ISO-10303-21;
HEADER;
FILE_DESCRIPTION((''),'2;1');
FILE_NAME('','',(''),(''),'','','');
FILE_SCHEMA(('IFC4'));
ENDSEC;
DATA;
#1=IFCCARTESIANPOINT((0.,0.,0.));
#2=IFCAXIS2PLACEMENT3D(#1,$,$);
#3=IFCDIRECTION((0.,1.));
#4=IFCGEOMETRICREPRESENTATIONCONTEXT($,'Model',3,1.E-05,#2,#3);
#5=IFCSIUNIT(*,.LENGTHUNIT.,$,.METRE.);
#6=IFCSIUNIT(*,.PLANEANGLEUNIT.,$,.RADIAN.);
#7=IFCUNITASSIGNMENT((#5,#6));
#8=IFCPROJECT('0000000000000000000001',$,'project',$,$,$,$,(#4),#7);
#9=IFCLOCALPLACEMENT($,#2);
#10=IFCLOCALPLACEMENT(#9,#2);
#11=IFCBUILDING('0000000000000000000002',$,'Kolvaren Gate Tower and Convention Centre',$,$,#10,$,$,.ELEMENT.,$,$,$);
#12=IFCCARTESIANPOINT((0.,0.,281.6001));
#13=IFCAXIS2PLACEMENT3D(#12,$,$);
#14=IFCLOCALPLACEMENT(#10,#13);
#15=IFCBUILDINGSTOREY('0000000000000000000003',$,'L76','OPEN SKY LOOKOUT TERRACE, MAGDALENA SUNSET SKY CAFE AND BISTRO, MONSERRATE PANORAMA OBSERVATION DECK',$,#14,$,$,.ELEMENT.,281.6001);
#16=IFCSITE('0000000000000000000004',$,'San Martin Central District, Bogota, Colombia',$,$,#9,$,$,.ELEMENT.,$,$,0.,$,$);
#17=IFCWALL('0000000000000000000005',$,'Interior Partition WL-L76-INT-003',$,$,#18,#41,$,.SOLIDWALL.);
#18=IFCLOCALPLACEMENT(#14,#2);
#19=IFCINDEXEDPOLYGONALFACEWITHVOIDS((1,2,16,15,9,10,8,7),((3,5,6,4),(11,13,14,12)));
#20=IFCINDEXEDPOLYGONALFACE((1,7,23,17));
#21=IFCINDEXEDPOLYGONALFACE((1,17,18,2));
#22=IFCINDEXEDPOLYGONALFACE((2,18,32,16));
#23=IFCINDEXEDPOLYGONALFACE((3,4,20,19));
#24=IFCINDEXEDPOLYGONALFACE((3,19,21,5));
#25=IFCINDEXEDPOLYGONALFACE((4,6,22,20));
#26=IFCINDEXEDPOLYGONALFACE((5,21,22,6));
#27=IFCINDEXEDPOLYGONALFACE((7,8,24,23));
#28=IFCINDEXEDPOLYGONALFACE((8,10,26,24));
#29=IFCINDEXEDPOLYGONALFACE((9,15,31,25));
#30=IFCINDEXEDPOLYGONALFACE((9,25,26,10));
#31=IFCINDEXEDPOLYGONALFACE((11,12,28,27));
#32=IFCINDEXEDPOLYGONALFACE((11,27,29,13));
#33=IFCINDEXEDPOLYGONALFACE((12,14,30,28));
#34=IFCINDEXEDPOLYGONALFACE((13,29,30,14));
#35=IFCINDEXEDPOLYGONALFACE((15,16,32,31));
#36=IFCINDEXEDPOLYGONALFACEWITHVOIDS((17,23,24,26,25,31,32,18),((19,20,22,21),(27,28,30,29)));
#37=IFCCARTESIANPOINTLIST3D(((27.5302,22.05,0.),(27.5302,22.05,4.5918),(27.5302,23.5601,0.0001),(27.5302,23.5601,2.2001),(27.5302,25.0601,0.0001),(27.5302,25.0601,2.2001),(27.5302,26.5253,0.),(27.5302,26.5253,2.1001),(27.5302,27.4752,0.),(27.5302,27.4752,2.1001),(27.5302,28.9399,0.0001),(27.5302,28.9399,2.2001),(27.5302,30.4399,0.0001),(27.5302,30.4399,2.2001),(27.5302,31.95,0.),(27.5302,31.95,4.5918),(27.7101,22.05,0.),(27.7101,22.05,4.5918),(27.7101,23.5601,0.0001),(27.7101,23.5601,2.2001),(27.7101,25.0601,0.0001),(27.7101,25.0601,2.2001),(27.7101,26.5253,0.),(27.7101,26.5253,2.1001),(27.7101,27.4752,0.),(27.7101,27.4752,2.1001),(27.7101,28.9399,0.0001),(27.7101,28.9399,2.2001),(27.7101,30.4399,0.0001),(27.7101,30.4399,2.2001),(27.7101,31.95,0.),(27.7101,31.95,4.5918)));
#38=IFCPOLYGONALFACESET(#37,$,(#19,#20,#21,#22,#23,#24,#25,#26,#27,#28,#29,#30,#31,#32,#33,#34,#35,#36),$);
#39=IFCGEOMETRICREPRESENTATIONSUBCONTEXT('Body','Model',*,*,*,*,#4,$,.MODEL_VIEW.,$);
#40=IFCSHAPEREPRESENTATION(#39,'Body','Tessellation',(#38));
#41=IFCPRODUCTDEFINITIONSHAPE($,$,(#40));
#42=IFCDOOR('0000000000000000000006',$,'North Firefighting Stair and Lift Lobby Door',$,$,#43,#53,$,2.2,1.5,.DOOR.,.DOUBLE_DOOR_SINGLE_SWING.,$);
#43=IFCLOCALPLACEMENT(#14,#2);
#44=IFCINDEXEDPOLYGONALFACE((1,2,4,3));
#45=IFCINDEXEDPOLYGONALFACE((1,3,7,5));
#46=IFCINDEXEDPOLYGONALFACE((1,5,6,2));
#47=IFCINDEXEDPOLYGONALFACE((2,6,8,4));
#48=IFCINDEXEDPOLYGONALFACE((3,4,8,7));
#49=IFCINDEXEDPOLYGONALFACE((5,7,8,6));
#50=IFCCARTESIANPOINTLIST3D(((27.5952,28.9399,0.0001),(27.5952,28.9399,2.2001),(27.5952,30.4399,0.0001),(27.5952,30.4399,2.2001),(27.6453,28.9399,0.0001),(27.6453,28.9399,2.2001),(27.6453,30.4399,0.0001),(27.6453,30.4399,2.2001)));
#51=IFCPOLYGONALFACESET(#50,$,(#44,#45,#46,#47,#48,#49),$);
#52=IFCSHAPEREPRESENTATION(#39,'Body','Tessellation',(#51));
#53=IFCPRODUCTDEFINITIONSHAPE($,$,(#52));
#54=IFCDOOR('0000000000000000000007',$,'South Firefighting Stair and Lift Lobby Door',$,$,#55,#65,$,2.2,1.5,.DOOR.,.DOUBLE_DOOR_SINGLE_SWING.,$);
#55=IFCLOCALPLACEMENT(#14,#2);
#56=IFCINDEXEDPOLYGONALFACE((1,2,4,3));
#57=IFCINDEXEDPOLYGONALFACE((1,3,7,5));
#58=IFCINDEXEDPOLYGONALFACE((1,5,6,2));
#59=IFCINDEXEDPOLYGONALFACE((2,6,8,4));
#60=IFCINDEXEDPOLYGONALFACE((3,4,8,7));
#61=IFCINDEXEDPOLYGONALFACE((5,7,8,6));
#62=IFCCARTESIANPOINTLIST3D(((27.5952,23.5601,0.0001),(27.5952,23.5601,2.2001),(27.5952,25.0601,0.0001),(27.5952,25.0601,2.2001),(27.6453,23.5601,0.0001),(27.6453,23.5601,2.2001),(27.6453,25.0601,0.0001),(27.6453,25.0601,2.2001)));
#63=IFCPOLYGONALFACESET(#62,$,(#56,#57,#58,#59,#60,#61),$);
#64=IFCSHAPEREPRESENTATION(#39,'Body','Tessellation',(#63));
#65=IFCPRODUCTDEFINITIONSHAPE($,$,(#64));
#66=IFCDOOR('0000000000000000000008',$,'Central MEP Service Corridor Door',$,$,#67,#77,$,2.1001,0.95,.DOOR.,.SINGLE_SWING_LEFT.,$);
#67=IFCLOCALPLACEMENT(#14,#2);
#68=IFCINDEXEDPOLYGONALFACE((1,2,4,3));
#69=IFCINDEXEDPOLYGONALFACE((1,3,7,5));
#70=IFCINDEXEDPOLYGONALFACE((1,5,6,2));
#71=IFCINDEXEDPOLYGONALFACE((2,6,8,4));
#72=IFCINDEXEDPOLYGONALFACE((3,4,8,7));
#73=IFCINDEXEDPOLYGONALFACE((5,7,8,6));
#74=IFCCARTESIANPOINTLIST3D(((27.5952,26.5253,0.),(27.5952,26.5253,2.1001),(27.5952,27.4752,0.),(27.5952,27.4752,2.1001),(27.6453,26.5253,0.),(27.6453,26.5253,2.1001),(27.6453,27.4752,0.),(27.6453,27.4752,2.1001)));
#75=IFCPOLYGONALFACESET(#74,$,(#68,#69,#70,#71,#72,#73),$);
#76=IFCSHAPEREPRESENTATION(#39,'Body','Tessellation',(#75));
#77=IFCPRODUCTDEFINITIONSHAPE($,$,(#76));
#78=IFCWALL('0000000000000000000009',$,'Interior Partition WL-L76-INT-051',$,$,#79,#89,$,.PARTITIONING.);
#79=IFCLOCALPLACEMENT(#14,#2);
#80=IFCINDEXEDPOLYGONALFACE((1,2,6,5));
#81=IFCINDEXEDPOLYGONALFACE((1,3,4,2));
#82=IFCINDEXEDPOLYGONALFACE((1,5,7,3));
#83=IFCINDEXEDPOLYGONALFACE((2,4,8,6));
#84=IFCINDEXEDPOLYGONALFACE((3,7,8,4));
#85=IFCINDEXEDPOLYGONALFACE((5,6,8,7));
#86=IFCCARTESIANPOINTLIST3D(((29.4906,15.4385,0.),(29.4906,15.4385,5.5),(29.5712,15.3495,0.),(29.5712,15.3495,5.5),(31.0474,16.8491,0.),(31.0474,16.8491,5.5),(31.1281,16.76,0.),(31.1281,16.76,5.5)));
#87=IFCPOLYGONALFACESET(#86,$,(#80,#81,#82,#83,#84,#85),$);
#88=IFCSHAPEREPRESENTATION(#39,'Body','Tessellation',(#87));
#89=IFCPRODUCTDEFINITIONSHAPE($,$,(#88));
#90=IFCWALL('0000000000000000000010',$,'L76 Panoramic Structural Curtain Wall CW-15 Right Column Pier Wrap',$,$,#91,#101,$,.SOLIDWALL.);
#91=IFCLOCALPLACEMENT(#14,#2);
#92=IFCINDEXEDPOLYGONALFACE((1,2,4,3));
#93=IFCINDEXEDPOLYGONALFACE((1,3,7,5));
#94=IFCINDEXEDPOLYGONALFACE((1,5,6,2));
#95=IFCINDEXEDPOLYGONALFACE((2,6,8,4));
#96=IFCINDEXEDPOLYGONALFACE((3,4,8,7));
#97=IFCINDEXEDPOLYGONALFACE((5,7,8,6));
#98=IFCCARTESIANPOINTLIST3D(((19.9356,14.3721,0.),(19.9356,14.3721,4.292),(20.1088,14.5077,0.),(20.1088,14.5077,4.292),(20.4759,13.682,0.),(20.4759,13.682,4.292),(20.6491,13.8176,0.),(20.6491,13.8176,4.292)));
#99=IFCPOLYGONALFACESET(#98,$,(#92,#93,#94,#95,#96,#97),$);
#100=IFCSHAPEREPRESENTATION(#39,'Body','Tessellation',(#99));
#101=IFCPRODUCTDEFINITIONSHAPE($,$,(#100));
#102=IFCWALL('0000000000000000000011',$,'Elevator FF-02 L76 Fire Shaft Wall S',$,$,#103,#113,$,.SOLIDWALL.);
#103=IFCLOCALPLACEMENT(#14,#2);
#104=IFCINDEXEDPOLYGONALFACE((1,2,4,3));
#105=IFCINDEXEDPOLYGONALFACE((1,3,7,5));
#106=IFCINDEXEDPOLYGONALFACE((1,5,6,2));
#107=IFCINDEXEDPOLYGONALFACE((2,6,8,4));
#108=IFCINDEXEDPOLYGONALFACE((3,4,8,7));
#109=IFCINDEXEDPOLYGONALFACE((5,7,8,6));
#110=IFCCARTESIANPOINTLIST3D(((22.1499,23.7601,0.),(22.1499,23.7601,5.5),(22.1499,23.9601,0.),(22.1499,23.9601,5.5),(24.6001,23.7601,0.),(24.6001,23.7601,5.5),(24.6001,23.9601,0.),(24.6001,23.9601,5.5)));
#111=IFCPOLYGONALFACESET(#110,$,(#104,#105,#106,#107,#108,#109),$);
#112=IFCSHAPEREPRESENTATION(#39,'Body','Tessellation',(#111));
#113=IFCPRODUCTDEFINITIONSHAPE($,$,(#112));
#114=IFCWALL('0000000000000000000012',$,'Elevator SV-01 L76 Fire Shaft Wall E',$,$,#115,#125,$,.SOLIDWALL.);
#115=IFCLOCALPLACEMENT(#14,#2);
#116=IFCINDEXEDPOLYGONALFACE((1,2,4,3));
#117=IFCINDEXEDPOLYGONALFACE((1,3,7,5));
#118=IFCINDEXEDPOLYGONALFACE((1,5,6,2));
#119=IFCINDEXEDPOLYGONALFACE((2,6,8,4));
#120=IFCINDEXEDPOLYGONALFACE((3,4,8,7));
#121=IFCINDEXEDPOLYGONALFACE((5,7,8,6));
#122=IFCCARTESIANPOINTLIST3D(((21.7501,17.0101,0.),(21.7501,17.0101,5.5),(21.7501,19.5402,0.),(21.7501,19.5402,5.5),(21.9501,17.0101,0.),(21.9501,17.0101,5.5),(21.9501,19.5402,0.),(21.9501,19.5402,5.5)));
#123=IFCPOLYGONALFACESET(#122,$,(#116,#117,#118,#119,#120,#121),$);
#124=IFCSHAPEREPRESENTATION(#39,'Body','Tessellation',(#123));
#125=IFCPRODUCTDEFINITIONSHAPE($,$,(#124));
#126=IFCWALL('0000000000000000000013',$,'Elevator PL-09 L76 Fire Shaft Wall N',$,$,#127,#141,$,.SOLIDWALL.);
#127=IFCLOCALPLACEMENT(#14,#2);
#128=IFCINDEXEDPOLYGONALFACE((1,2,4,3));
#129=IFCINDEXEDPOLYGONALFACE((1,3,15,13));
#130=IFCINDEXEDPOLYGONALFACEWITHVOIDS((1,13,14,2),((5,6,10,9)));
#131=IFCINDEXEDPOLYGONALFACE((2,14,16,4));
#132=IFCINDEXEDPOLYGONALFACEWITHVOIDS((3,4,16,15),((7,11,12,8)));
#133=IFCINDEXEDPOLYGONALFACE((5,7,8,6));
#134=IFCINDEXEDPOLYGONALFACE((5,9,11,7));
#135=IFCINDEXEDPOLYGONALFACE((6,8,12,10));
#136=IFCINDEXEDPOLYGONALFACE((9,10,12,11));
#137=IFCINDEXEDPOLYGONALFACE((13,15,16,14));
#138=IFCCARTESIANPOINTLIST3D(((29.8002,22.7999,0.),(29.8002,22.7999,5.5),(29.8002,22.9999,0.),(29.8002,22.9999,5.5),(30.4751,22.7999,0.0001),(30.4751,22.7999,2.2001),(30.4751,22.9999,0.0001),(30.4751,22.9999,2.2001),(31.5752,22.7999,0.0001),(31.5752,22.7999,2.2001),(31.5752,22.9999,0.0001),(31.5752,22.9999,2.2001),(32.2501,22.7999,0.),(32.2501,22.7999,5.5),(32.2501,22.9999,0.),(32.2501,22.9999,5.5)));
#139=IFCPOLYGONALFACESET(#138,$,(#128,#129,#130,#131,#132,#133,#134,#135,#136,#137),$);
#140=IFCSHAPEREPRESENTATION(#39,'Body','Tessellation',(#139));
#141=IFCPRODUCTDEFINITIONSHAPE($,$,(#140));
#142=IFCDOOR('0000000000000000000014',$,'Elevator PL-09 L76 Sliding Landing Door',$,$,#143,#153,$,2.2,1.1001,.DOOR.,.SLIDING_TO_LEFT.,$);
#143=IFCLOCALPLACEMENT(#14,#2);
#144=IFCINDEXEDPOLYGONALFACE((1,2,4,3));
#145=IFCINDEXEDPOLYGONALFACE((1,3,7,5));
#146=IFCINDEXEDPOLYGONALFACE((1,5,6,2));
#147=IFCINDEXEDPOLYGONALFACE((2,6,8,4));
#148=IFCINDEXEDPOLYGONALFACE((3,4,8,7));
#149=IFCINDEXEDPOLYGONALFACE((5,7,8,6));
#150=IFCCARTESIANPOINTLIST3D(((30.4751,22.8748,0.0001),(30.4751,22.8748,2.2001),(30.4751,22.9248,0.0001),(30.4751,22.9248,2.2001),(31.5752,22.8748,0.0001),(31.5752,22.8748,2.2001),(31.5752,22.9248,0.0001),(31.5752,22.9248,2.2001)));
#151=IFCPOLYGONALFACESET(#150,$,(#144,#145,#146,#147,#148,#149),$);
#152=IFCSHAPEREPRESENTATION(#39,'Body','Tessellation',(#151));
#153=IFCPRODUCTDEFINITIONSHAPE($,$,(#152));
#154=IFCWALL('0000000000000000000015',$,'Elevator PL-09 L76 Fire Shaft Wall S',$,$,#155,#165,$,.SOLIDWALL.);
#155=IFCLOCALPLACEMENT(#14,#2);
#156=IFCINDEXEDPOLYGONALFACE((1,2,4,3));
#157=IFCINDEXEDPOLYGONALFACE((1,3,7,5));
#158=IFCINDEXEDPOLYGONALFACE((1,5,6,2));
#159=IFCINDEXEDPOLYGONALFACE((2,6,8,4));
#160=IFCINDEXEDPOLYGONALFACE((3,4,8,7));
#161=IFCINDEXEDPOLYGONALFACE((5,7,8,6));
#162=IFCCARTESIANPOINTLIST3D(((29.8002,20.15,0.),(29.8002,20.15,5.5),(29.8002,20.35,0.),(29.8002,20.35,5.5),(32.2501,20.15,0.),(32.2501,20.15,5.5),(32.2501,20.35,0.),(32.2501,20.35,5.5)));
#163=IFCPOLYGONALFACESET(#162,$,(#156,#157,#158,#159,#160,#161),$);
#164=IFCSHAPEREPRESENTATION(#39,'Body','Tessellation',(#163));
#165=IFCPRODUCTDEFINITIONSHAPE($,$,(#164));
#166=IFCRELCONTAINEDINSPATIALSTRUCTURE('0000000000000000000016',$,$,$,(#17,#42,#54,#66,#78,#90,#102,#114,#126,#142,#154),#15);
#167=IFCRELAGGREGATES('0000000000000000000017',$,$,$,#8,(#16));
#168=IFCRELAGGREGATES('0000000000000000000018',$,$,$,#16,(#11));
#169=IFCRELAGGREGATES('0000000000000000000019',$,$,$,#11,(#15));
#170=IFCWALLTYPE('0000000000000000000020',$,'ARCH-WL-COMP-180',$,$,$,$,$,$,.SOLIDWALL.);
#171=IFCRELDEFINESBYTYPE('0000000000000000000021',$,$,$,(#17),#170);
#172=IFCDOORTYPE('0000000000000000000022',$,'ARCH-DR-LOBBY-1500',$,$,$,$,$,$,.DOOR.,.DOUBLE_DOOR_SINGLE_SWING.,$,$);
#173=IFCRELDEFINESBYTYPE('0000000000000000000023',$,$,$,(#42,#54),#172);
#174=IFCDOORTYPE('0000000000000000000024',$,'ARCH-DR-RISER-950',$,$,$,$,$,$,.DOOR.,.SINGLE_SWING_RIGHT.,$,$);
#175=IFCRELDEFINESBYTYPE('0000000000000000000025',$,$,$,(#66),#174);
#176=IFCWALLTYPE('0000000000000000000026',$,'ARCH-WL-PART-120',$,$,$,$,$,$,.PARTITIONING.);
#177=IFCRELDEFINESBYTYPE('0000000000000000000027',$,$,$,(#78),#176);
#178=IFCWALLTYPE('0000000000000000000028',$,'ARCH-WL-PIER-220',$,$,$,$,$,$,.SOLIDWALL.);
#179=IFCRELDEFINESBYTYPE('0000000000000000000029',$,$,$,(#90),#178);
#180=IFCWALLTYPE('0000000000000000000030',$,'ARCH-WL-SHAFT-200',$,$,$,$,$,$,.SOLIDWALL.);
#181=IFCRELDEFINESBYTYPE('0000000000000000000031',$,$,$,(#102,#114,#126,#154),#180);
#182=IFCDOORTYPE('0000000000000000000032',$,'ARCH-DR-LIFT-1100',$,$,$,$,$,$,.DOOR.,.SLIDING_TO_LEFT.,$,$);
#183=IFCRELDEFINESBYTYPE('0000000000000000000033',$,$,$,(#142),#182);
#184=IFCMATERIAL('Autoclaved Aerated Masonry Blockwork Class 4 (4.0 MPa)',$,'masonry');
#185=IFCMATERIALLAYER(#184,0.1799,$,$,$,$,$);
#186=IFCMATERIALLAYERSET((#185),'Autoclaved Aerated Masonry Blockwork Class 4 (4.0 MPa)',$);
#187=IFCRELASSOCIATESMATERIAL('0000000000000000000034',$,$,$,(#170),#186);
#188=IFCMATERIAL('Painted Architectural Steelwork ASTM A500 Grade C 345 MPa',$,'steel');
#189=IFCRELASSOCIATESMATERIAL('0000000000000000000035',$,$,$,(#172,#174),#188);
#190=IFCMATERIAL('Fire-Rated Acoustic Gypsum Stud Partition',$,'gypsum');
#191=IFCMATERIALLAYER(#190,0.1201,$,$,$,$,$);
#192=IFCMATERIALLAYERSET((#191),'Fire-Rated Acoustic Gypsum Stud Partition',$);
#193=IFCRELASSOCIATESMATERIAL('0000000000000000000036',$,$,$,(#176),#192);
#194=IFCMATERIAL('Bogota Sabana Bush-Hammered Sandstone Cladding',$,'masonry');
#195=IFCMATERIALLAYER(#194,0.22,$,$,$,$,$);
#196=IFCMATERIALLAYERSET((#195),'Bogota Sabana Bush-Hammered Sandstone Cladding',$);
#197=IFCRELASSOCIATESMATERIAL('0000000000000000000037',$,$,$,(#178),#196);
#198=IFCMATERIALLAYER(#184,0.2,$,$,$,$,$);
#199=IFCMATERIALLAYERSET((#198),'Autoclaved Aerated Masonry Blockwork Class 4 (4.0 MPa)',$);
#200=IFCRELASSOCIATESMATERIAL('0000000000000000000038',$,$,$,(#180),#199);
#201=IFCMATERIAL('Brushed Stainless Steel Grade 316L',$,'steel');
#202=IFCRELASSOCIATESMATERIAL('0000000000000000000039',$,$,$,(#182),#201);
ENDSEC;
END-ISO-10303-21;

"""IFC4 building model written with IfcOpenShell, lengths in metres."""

from ifc_helpers import new_model, si_unit, direction, frame, frame_2d, origin, place, context, subcontext, project, spatial, rectangle, extrude, material, layer, layer_set, type_object, element, fill, save


model = new_model("IFC4")

# Units and contexts
model_context = context("Model", 3, precision=1e-05, world=origin(), true_north=direction((0.0, 1.0)))
body_context = subcontext(model_context, "Body", "Model", "MODEL_VIEW")
ifc_project = project(units=[si_unit("LENGTHUNIT", "METRE"), si_unit("PLANEANGLEUNIT", "RADIAN")], contexts=[model_context])

# Site, building, storey
site_placement = place(None, origin())
site = spatial("IfcSite", under=ifc_project, at=site_placement, Name="San Martin Central District, Bogota, Colombia", CompositionType="ELEMENT", RefElevation=0.0)
building_placement = place(site_placement, origin())
building = spatial("IfcBuilding", under=site, at=building_placement, Name="Kolvaren Gate Tower and Convention Centre", CompositionType="ELEMENT")
storey_placement = place(building_placement, frame((0.0, 0.0, 281.6001)))
storey = spatial("IfcBuildingStorey", under=building, at=storey_placement, Name="L76", Description="OPEN SKY LOOKOUT TERRACE, MAGDALENA SUNSET SKY CAFE AND BISTRO, MONSERRATE PANORAMA OBSERVATION DECK", CompositionType="ELEMENT", Elevation=281.6001)

# Shared definitions
ifc_material_1 = material(Name="Autoclaved Aerated Masonry Blockwork Class 4 (4.0 MPa)", Category="masonry")
ifc_layer_1 = layer(ifc_material_1, 0.1799)
ifc_layer_set_1 = layer_set([ifc_layer_1], Name="Autoclaved Aerated Masonry Blockwork Class 4 (4.0 MPa)")
wall_type_1 = type_object("IfcWallType", Name="ARCH-WL-COMP-180", PredefinedType="SOLIDWALL", material=ifc_layer_set_1)

# Wall, openings, doors
wall_1_placement = place(storey_placement, frame((27.6201, 22.05, 0.0), z_axis=(0.0, 0.0, 1.0), x_axis=(0.0, 1.0, 0.0)))
wall_1 = element("IfcWall", 1, at=wall_1_placement, inside=storey, type_object=wall_type_1, Name="Interior Partition WL-L76-INT-003", PredefinedType="SOLIDWALL", context=body_context, shape_type="SweptSolid", body=[
    extrude(rectangle(XDim=9.8999, YDim=0.1799, at=frame_2d((4.95, 0.0))), origin(), (0.0, 0.0, 1.0), 4.5918),
])
opening_1_placement = place(wall_1_placement, frame((4.4751, 0.0, 0.0)))
opening_1 = element("IfcOpeningElement", 2, at=opening_1_placement, cuts=wall_1, PredefinedType="OPENING", context=body_context, shape_type="SweptSolid", body=[
    extrude(rectangle(XDim=0.95, YDim=2.1001, at=frame_2d((0.4751, 1.05))), frame((0.0, 0.0999, 0.0), z_axis=(0.0, -1.0, 0.0), x_axis=(1.0, 0.0, 0.0)), (0.0, 0.0, 1.0), 0.2),
])
opening_2_placement = place(wall_1_placement, frame((6.8899, 0.0, 0.0)))
opening_2 = element("IfcOpeningElement", 3, at=opening_2_placement, cuts=wall_1, PredefinedType="OPENING", context=body_context, shape_type="SweptSolid", body=[
    extrude(rectangle(XDim=1.5, YDim=2.2, at=frame_2d((0.75, 1.1001))), frame((0.0, 0.0999, 0.0), z_axis=(0.0, -1.0, 0.0), x_axis=(1.0, 0.0, 0.0)), (0.0, 0.0, 1.0), 0.2),
])
opening_3_placement = place(wall_1_placement, frame((1.51, 0.0, 0.0)))
opening_3 = element("IfcOpeningElement", 4, at=opening_3_placement, cuts=wall_1, PredefinedType="OPENING", context=body_context, shape_type="SweptSolid", body=[
    extrude(rectangle(XDim=1.5, YDim=2.2, at=frame_2d((0.75, 1.1001))), frame((0.0, 0.0999, 0.0), z_axis=(0.0, -1.0, 0.0), x_axis=(1.0, 0.0, 0.0)), (0.0, 0.0, 1.0), 0.2),
])
ifc_material_2 = material(Name="Painted Architectural Steelwork ASTM A500 Grade C 345 MPa", Category="steel")
door_type_1 = type_object("IfcDoorType", Name="ARCH-DR-LOBBY-1500", OperationType="DOUBLE_DOOR_SINGLE_SWING", PredefinedType="DOOR", material=ifc_material_2)
door_1_placement = place(opening_2_placement, origin())
door_1 = element("IfcDoor", 5, at=door_1_placement, inside=storey, type_object=door_type_1, Name="North Firefighting Stair and Lift Lobby Door", OperationType="DOUBLE_DOOR_SINGLE_SWING", OverallHeight=2.2, OverallWidth=1.5, PredefinedType="DOOR", context=body_context, shape_type="SweptSolid", body=[
    extrude(rectangle(XDim=1.5, YDim=2.2, at=frame_2d((0.75, 1.1001))), frame((0.0, 0.0249, 0.0), z_axis=(0.0, -1.0, 0.0), x_axis=(1.0, 0.0, 0.0)), (0.0, 0.0, 1.0), 0.05),
])
fill(opening_2, door_1)
door_2_placement = place(opening_3_placement, origin())
door_2 = element("IfcDoor", 6, at=door_2_placement, inside=storey, type_object=door_type_1, Name="South Firefighting Stair and Lift Lobby Door", OperationType="DOUBLE_DOOR_SINGLE_SWING", OverallHeight=2.2, OverallWidth=1.5, PredefinedType="DOOR", context=body_context, shape_type="SweptSolid", body=[
    extrude(rectangle(XDim=1.5, YDim=2.2, at=frame_2d((0.75, 1.1001))), frame((0.0, 0.0249, 0.0), z_axis=(0.0, -1.0, 0.0), x_axis=(1.0, 0.0, 0.0)), (0.0, 0.0, 1.0), 0.05),
])
fill(opening_3, door_2)
door_type_2 = type_object("IfcDoorType", Name="ARCH-DR-RISER-950", OperationType="SINGLE_SWING_RIGHT", PredefinedType="DOOR", material=ifc_material_2)
door_3_placement = place(opening_1_placement, origin())
door_3 = element("IfcDoor", 7, at=door_3_placement, inside=storey, type_object=door_type_2, Name="Central MEP Service Corridor Door", OperationType="SINGLE_SWING_LEFT", OverallHeight=2.1001, OverallWidth=0.95, PredefinedType="DOOR", context=body_context, shape_type="SweptSolid", body=[
    extrude(rectangle(XDim=0.95, YDim=2.1001, at=frame_2d((0.4751, 1.05))), frame((0.0, 0.0249, 0.0), z_axis=(0.0, -1.0, 0.0), x_axis=(1.0, 0.0, 0.0)), (0.0, 0.0, 1.0), 0.05),
])
fill(opening_1, door_3)

# Walls
ifc_material_3 = material(Name="Fire-Rated Acoustic Gypsum Stud Partition", Category="gypsum")
ifc_layer_2 = layer(ifc_material_3, 0.1201)
ifc_layer_set_2 = layer_set([ifc_layer_2], Name="Fire-Rated Acoustic Gypsum Stud Partition")
wall_type_2 = type_object("IfcWallType", Name="ARCH-WL-PART-120", PredefinedType="PARTITIONING", material=ifc_layer_set_2)
wall_2_placement = place(storey_placement, frame((29.531, 15.394, 0.0), z_axis=(0.0, 0.0, 1.0), x_axis=(0.741054, 0.671446, 0.0)))
element("IfcWall", 8, at=wall_2_placement, inside=storey, type_object=wall_type_2, Name="Interior Partition WL-L76-INT-051", PredefinedType="PARTITIONING", context=body_context, shape_type="SweptSolid", body=[
    extrude(rectangle(XDim=2.1008, YDim=0.1201, at=frame_2d((1.0503, 0.0))), origin(), (0.0, 0.0, 1.0), 5.5),
])
ifc_material_4 = material(Name="Bogota Sabana Bush-Hammered Sandstone Cladding", Category="masonry")
ifc_layer_3 = layer(ifc_material_4, 0.22)
ifc_layer_set_3 = layer_set([ifc_layer_3], Name="Bogota Sabana Bush-Hammered Sandstone Cladding")
wall_type_3 = type_object("IfcWallType", Name="ARCH-WL-PIER-220", PredefinedType="SOLIDWALL", material=ifc_layer_set_3)
wall_3_placement = place(storey_placement, frame((20.0222, 14.4399, 0.0), z_axis=(0.0, 0.0, 1.0), x_axis=(0.616406, -0.787429, 0.0)))
element("IfcWall", 9, at=wall_3_placement, inside=storey, type_object=wall_type_3, Name="L76 Panoramic Structural Curtain Wall CW-15 Right Column Pier Wrap", PredefinedType="SOLIDWALL", context=body_context, shape_type="SweptSolid", body=[
    extrude(rectangle(XDim=0.8765, YDim=0.22, at=frame_2d((0.4382, 0.0))), origin(), (0.0, 0.0, 1.0), 4.292),
])
ifc_layer_4 = layer(ifc_material_1, 0.2)
ifc_layer_set_4 = layer_set([ifc_layer_4], Name="Autoclaved Aerated Masonry Blockwork Class 4 (4.0 MPa)")
wall_type_4 = type_object("IfcWallType", Name="ARCH-WL-SHAFT-200", PredefinedType="SOLIDWALL", material=ifc_layer_set_4)
wall_4_placement = place(storey_placement, frame((22.1499, 23.8601, 0.0), z_axis=(0.0, 0.0, 1.0), x_axis=(1.0, 0.0, 0.0)))
element("IfcWall", 10, at=wall_4_placement, inside=storey, type_object=wall_type_4, Name="Elevator FF-02 L76 Fire Shaft Wall S", PredefinedType="SOLIDWALL", context=body_context, shape_type="SweptSolid", body=[
    extrude(rectangle(XDim=2.4502, YDim=0.2, at=frame_2d((1.2251, 0.0))), origin(), (0.0, 0.0, 1.0), 5.5),
])
wall_5_placement = place(storey_placement, frame((21.8501, 17.01, 0.0), z_axis=(0.0, 0.0, 1.0), x_axis=(0.0, 1.0, 0.0)))
element("IfcWall", 11, at=wall_5_placement, inside=storey, type_object=wall_type_4, Name="Elevator SV-01 L76 Fire Shaft Wall E", PredefinedType="SOLIDWALL", context=body_context, shape_type="SweptSolid", body=[
    extrude(rectangle(XDim=2.53, YDim=0.2, at=frame_2d((1.2651, 0.0))), origin(), (0.0, 0.0, 1.0), 5.5),
])

# Wall, opening, door
wall_6_placement = place(storey_placement, frame((29.8, 22.8999, 0.0), z_axis=(0.0, 0.0, 1.0), x_axis=(1.0, 0.0, 0.0)))
wall_6 = element("IfcWall", 12, at=wall_6_placement, inside=storey, type_object=wall_type_4, Name="Elevator PL-09 L76 Fire Shaft Wall N", PredefinedType="SOLIDWALL", context=body_context, shape_type="SweptSolid", body=[
    extrude(rectangle(XDim=2.45, YDim=0.2, at=frame_2d((1.2251, 0.0))), origin(), (0.0, 0.0, 1.0), 5.5),
])
opening_4_placement = place(wall_6_placement, frame((0.675, 0.0, 0.0)))
opening_4 = element("IfcOpeningElement", 13, at=opening_4_placement, cuts=wall_6, PredefinedType="OPENING", context=body_context, shape_type="SweptSolid", body=[
    extrude(rectangle(XDim=1.1001, YDim=2.2, at=frame_2d((0.55, 1.1001))), frame((0.0, 0.1099, 0.0), z_axis=(0.0, -1.0, 0.0), x_axis=(1.0, 0.0, 0.0)), (0.0, 0.0, 1.0), 0.22),
])
ifc_material_5 = material(Name="Brushed Stainless Steel Grade 316L", Category="steel")
door_type_3 = type_object("IfcDoorType", Name="ARCH-DR-LIFT-1100", OperationType="SLIDING_TO_LEFT", PredefinedType="DOOR", material=ifc_material_5)
door_4_placement = place(opening_4_placement, origin())
door_4 = element("IfcDoor", 14, at=door_4_placement, inside=storey, type_object=door_type_3, Name="Elevator PL-09 L76 Sliding Landing Door", OperationType="SLIDING_TO_LEFT", OverallHeight=2.2, OverallWidth=1.1001, PredefinedType="DOOR", context=body_context, shape_type="SweptSolid", body=[
    extrude(rectangle(XDim=1.1001, YDim=2.2, at=frame_2d((0.55, 1.1001))), frame((0.0, 0.0249, 0.0), z_axis=(0.0, -1.0, 0.0), x_axis=(1.0, 0.0, 0.0)), (0.0, 0.0, 1.0), 0.05),
])
fill(opening_4, door_4)

# Wall
wall_7_placement = place(storey_placement, frame((29.8, 20.25, 0.0), z_axis=(0.0, 0.0, 1.0), x_axis=(1.0, 0.0, 0.0)))
element("IfcWall", 15, at=wall_7_placement, inside=storey, type_object=wall_type_4, Name="Elevator PL-09 L76 Fire Shaft Wall S", PredefinedType="SOLIDWALL", context=body_context, shape_type="SweptSolid", body=[
    extrude(rectangle(XDim=2.45, YDim=0.2, at=frame_2d((1.2251, 0.0))), origin(), (0.0, 0.0, 1.0), 5.5),
])

save(model, "model.ifc")
